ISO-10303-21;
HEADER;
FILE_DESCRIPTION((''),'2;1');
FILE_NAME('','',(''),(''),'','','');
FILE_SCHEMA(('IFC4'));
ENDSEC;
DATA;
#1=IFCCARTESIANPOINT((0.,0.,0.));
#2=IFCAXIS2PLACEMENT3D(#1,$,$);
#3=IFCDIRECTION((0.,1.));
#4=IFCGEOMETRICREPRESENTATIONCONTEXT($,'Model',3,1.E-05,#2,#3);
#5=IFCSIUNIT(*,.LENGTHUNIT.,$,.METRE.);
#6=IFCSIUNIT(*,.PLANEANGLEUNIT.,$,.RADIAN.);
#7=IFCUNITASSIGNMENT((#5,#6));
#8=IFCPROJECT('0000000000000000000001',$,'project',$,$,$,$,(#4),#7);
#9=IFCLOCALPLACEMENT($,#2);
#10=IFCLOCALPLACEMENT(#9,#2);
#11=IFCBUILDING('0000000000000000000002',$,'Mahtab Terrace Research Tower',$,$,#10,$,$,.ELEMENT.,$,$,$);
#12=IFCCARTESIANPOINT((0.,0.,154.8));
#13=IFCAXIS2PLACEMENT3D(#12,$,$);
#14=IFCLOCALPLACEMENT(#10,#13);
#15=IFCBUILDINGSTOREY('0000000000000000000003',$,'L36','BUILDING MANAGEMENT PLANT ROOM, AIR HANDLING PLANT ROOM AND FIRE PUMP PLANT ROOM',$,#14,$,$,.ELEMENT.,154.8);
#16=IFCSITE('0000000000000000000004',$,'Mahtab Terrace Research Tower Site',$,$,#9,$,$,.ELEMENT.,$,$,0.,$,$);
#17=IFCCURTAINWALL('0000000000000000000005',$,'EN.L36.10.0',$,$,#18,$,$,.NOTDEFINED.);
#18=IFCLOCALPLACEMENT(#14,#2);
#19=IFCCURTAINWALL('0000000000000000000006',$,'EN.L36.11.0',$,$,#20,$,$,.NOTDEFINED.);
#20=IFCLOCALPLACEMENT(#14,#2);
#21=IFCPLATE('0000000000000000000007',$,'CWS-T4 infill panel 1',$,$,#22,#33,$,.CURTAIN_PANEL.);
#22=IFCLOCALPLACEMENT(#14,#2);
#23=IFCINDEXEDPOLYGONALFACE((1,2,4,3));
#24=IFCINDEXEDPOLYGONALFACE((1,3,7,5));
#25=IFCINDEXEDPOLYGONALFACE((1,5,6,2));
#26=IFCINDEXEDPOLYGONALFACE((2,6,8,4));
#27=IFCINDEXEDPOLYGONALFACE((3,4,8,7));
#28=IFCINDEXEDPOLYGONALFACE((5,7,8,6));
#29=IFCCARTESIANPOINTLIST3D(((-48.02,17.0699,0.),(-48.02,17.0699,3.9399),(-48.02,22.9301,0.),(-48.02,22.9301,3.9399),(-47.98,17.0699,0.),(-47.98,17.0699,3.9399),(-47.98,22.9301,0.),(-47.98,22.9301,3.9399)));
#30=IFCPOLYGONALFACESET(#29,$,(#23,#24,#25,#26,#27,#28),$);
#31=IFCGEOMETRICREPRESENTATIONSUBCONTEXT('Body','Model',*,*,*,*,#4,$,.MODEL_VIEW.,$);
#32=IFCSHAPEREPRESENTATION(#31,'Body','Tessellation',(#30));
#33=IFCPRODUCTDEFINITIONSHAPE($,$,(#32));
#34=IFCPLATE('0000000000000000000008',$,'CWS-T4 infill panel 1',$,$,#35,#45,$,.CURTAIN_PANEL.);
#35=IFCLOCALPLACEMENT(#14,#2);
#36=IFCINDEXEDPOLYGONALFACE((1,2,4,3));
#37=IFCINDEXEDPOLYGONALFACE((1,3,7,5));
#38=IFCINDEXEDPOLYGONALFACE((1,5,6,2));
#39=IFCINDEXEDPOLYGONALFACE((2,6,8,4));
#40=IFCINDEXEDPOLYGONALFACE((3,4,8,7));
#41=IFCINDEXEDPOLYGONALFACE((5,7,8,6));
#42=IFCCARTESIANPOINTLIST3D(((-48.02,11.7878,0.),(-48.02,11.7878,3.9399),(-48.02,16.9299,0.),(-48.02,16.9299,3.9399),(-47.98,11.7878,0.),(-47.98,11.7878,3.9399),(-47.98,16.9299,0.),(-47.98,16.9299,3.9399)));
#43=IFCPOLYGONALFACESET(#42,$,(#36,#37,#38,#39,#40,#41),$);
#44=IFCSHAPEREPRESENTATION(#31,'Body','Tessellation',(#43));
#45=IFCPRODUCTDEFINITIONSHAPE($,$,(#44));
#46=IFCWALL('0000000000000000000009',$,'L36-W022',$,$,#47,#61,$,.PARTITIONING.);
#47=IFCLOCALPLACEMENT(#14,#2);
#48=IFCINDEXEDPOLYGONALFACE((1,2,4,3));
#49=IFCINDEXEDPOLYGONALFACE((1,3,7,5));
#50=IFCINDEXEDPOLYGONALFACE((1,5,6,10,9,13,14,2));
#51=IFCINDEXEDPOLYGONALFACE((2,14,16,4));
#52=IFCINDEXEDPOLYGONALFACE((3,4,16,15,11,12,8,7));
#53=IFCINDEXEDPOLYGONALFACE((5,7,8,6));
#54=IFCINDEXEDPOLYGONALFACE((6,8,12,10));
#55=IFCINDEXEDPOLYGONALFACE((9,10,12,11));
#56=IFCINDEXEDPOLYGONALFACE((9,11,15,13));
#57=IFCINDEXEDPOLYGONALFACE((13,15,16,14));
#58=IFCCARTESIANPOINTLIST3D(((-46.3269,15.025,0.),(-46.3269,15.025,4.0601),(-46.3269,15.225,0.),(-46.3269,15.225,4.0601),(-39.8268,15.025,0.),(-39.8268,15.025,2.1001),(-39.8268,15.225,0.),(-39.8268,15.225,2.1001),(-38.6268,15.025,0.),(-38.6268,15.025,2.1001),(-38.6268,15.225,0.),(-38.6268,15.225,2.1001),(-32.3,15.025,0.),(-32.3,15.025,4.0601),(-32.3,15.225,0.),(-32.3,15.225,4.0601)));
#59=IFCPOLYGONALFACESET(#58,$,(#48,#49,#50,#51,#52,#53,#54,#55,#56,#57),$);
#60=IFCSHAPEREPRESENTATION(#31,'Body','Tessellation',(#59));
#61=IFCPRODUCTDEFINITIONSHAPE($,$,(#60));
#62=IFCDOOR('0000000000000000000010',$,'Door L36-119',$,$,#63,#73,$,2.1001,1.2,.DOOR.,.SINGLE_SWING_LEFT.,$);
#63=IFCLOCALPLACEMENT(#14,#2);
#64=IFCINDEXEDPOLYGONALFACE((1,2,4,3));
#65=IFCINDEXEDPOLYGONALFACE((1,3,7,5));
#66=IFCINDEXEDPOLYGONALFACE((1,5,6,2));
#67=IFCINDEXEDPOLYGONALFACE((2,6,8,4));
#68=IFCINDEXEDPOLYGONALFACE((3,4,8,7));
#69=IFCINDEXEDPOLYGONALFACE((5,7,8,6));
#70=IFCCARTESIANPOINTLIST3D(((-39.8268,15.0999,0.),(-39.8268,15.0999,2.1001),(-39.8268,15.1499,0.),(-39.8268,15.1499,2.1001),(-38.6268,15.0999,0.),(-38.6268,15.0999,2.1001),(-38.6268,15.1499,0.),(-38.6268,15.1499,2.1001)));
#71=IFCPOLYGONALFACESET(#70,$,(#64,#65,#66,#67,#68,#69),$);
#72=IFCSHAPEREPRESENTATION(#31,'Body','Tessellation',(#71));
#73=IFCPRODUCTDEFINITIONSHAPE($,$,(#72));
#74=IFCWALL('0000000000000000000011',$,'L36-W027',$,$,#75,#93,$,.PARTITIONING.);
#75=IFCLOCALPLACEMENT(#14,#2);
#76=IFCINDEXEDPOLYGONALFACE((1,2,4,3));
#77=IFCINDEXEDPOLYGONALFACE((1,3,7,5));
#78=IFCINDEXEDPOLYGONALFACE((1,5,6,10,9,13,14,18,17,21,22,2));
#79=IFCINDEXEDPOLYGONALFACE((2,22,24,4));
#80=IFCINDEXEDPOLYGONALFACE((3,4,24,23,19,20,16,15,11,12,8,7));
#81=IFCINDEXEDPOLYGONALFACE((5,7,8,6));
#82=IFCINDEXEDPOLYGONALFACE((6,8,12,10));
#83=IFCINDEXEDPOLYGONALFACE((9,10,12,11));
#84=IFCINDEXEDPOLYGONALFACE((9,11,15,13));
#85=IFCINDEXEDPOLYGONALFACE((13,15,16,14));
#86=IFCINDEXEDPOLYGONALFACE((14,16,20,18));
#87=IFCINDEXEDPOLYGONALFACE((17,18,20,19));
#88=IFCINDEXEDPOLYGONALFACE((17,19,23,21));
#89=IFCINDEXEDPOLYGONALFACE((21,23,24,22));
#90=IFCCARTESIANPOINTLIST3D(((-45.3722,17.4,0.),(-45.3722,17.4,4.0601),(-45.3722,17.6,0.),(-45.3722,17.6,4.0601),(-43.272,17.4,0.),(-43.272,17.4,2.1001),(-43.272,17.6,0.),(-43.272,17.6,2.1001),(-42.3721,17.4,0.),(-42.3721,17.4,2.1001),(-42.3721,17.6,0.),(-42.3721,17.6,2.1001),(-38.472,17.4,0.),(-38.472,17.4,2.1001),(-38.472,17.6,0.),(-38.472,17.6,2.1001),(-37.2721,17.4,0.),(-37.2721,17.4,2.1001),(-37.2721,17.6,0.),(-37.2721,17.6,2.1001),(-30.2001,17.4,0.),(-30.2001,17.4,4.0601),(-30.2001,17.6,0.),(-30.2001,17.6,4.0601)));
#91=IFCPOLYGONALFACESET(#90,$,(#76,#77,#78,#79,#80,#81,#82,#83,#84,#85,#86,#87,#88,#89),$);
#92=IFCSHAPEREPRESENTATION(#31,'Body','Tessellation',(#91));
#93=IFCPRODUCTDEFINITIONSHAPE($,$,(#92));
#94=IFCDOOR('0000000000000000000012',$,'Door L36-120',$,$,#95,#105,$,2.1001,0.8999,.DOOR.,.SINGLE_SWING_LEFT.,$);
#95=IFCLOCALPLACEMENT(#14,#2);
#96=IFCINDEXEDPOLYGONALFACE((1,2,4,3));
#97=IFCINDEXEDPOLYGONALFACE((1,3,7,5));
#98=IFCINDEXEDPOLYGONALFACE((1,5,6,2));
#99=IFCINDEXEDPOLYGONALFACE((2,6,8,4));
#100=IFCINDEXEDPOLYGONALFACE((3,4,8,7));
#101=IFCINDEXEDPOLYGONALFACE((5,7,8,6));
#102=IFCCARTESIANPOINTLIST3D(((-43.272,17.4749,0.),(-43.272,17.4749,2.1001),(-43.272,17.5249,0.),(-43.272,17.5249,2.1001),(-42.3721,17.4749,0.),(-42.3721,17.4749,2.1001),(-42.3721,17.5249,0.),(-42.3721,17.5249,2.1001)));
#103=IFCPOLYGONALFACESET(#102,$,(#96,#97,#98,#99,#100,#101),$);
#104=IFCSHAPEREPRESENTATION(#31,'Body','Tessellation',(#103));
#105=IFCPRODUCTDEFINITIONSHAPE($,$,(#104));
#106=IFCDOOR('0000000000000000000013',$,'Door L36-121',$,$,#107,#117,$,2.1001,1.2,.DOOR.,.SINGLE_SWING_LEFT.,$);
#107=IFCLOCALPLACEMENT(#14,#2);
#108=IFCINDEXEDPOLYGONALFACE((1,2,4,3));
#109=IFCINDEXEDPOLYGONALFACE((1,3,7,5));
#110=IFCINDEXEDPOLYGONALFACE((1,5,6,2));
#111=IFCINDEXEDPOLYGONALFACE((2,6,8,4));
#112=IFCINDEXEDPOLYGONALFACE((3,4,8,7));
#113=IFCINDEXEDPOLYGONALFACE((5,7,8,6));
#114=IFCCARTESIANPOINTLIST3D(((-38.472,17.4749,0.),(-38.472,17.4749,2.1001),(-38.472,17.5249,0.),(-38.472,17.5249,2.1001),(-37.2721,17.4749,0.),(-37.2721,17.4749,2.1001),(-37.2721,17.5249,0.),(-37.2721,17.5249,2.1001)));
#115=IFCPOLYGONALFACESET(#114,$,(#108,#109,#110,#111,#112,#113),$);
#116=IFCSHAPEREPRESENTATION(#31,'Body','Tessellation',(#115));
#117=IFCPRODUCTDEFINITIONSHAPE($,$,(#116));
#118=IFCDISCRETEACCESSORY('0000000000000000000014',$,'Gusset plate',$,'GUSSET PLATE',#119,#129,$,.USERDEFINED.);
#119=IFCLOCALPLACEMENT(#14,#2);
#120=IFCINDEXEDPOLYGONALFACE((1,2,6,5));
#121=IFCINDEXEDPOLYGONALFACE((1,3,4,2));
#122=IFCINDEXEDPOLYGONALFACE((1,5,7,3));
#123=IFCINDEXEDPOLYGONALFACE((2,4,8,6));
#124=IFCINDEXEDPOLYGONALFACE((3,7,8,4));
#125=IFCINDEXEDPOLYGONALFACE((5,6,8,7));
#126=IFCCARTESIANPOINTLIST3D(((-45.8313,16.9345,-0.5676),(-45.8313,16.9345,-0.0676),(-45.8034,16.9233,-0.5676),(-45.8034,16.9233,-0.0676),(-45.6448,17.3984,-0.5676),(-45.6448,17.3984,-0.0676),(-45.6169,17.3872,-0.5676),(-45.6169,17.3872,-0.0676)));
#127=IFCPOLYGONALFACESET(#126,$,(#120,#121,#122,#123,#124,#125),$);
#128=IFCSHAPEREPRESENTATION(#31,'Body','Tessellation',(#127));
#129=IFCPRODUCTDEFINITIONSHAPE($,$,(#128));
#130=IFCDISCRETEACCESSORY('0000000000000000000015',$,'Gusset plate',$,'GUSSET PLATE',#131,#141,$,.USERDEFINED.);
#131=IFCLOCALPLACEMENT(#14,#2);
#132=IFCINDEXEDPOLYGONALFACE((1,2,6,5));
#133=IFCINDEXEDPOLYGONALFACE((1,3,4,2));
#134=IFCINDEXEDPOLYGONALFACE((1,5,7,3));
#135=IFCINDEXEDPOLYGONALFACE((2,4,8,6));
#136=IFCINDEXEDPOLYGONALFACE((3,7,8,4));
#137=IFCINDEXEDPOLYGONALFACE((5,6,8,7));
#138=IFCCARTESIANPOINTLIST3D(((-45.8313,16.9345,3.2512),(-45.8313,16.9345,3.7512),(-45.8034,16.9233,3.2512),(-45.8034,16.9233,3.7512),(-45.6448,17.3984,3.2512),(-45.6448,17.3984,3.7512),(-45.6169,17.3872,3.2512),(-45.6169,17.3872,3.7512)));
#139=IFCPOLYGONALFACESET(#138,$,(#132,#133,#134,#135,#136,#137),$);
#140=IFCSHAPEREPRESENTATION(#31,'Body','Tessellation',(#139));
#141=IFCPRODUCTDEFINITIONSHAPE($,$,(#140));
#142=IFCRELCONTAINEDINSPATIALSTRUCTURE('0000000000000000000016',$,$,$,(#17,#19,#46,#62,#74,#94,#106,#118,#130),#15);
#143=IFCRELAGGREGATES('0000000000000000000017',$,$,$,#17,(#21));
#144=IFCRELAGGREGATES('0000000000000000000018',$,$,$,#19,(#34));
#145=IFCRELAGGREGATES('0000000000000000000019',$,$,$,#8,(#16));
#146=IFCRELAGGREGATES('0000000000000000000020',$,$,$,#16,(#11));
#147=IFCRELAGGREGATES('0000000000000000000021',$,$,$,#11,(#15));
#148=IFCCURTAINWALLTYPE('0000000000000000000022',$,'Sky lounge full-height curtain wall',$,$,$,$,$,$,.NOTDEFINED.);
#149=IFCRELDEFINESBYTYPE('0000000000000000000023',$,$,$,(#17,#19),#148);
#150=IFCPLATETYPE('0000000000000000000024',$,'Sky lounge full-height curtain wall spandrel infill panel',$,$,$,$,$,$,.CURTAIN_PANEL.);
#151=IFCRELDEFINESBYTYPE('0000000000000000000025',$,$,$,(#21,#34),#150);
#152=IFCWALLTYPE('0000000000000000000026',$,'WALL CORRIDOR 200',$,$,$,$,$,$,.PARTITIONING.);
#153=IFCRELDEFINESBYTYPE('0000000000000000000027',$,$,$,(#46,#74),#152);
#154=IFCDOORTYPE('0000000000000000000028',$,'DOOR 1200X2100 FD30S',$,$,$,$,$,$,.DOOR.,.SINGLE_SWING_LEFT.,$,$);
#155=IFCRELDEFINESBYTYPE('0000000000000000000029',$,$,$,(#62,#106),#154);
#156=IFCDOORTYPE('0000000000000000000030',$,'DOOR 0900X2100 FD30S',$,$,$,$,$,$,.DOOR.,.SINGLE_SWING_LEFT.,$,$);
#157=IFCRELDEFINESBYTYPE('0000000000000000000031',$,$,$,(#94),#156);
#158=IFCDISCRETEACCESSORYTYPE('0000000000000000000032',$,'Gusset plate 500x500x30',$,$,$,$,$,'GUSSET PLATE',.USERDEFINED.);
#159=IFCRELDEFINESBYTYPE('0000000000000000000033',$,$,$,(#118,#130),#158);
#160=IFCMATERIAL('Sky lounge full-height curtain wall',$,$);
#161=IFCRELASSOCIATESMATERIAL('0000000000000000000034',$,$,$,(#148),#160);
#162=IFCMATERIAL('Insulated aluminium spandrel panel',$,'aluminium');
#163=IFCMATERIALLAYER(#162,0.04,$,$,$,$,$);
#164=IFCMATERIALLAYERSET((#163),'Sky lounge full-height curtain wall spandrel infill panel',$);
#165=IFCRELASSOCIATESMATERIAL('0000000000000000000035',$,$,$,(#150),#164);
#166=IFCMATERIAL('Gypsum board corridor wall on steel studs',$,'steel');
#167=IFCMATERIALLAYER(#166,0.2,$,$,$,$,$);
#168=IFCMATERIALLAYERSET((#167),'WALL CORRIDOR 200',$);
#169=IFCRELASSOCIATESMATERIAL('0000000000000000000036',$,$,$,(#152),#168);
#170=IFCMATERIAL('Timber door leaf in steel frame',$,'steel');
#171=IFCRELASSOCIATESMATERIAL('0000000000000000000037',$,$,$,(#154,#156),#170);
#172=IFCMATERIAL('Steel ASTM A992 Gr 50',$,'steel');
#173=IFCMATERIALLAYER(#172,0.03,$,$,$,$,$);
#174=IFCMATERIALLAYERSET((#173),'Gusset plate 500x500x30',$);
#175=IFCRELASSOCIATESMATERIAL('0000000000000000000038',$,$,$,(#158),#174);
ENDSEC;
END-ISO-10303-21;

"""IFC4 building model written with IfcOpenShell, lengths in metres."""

from ifc_helpers import new_model, si_unit, direction, frame, frame_2d, origin, origin_2d, place, context, subcontext, project, spatial, rectangle, extrude, material, layer, layer_set, type_object, element, fill, aggregate, save


model = new_model("IFC4")

# Units and contexts
model_context = context("Model", 3, precision=1e-05, world=origin(), true_north=direction((0.0, 1.0)))
body_context = subcontext(model_context, "Body", "Model", "MODEL_VIEW")
ifc_project = project(units=[si_unit("LENGTHUNIT", "METRE"), si_unit("PLANEANGLEUNIT", "RADIAN")], contexts=[model_context])

# Site, building, storey
site_placement = place(None, origin())
site = spatial("IfcSite", under=ifc_project, at=site_placement, Name="Mahtab Terrace Research Tower Site", CompositionType="ELEMENT", RefElevation=0.0)
building_placement = place(site_placement, origin())
building = spatial("IfcBuilding", under=site, at=building_placement, Name="Mahtab Terrace Research Tower", CompositionType="ELEMENT")
storey_placement = place(building_placement, frame((0.0, 0.0, 154.8)))
storey = spatial("IfcBuildingStorey", under=building, at=storey_placement, Name="L36", Description="BUILDING MANAGEMENT PLANT ROOM, AIR HANDLING PLANT ROOM AND FIRE PUMP PLANT ROOM", CompositionType="ELEMENT", Elevation=154.8)

# Curtain wall
ifc_material_1 = material(Name="Sky lounge full-height curtain wall")
curtain_wall_type = type_object("IfcCurtainWallType", Name="Sky lounge full-height curtain wall", PredefinedType="NOTDEFINED", material=ifc_material_1)
curtain_wall_1_placement = place(storey_placement, origin())
curtain_wall_1 = element("IfcCurtainWall", 1, at=curtain_wall_1_placement, inside=storey, type_object=curtain_wall_type, Name="EN.L36.10.0", PredefinedType="NOTDEFINED")

# Curtain wall
curtain_wall_2_placement = place(storey_placement, origin())
curtain_wall_2 = element("IfcCurtainWall", 2, at=curtain_wall_2_placement, inside=storey, type_object=curtain_wall_type, Name="EN.L36.11.0", PredefinedType="NOTDEFINED")

# Shared definitions
ifc_material_2 = material(Name="Steel ASTM A992 Gr 50", Category="steel")

# Plates
ifc_material_3 = material(Name="Insulated aluminium spandrel panel", Category="aluminium")
ifc_layer_1 = layer(ifc_material_3, 0.04)
ifc_layer_set_1 = layer_set([ifc_layer_1], Name="Sky lounge full-height curtain wall spandrel infill panel")
plate_type = type_object("IfcPlateType", Name="Sky lounge full-height curtain wall spandrel infill panel", PredefinedType="CURTAIN_PANEL", material=ifc_layer_set_1)
plate_1_placement = place(storey_placement, frame((-48.0, 20.0, 0.0), z_axis=(0.0, 0.0, 1.0), x_axis=(0.0, -1.0, 0.0)))
plate_1 = element("IfcPlate", 3, at=plate_1_placement, type_object=plate_type, Name="CWS-T4 infill panel 1", PredefinedType="CURTAIN_PANEL", context=body_context, shape_type="SweptSolid", body=[
    extrude(rectangle(XDim=5.8601, YDim=0.04, at=origin_2d()), origin(), (0.0, 0.0, 1.0), 3.9399),
])
aggregate(curtain_wall_1, [plate_1])
plate_2_placement = place(storey_placement, frame((-48.0, 14.3589, 0.0), z_axis=(0.0, 0.0, 1.0), x_axis=(0.0, -1.0, 0.0)))
plate_2 = element("IfcPlate", 4, at=plate_2_placement, type_object=plate_type, Name="CWS-T4 infill panel 1", PredefinedType="CURTAIN_PANEL", context=body_context, shape_type="SweptSolid", body=[
    extrude(rectangle(XDim=5.1421, YDim=0.04, at=origin_2d()), origin(), (0.0, 0.0, 1.0), 3.9399),
])
aggregate(curtain_wall_2, [plate_2])

# Wall, opening, door
ifc_material_4 = material(Name="Gypsum board corridor wall on steel studs", Category="steel")
ifc_layer_2 = layer(ifc_material_4, 0.2)
ifc_layer_set_2 = layer_set([ifc_layer_2], Name="WALL CORRIDOR 200")
wall_type = type_object("IfcWallType", Name="WALL CORRIDOR 200", PredefinedType="PARTITIONING", material=ifc_layer_set_2)
wall_1_placement = place(storey_placement, frame((-46.3269, 15.125, 0.0), z_axis=(0.0, 0.0, 1.0), x_axis=(1.0, 0.0, 0.0)))
wall_1 = element("IfcWall", 5, at=wall_1_placement, inside=storey, type_object=wall_type, Name="L36-W022", PredefinedType="PARTITIONING", context=body_context, shape_type="SweptSolid", body=[
    extrude(rectangle(XDim=14.0269, YDim=0.2, at=frame_2d((7.0134, 0.0))), origin(), (0.0, 0.0, 1.0), 4.0601),
])
opening_1_placement = place(wall_1_placement, frame((6.5, 0.0, 0.0)))
opening_1 = element("IfcOpeningElement", 6, at=opening_1_placement, cuts=wall_1, PredefinedType="OPENING", context=body_context, shape_type="SweptSolid", body=[
    extrude(rectangle(XDim=1.2, YDim=2.1001, at=frame_2d((0.6001, 1.05))), frame((0.0, 0.1099, 0.0), z_axis=(0.0, -1.0, 0.0), x_axis=(1.0, 0.0, 0.0)), (0.0, 0.0, 1.0), 0.22),
])
ifc_material_5 = material(Name="Timber door leaf in steel frame", Category="steel")
door_type_1 = type_object("IfcDoorType", Name="DOOR 1200X2100 FD30S", OperationType="SINGLE_SWING_LEFT", PredefinedType="DOOR", material=ifc_material_5)
door_1_placement = place(opening_1_placement, origin())
door_1 = element("IfcDoor", 7, at=door_1_placement, inside=storey, type_object=door_type_1, Name="Door L36-119", OperationType="SINGLE_SWING_LEFT", OverallHeight=2.1001, OverallWidth=1.2, PredefinedType="DOOR", context=body_context, shape_type="SweptSolid", body=[
    extrude(rectangle(XDim=1.2, YDim=2.1001, at=frame_2d((0.6001, 1.05))), frame((0.0, 0.0249, 0.0), z_axis=(0.0, -1.0, 0.0), x_axis=(1.0, 0.0, 0.0)), (0.0, 0.0, 1.0), 0.05),
])
fill(opening_1, door_1)

# Wall, openings, doors
wall_2_placement = place(storey_placement, frame((-45.3721, 17.5, 0.0), z_axis=(0.0, 0.0, 1.0), x_axis=(1.0, 0.0, 0.0)))
wall_2 = element("IfcWall", 8, at=wall_2_placement, inside=storey, type_object=wall_type, Name="L36-W027", PredefinedType="PARTITIONING", context=body_context, shape_type="SweptSolid", body=[
    extrude(rectangle(XDim=15.1721, YDim=0.2, at=frame_2d((7.5859, 0.0))), origin(), (0.0, 0.0, 1.0), 4.0601),
])
opening_2_placement = place(wall_2_placement, frame((2.1001, 0.0, 0.0)))
opening_2 = element("IfcOpeningElement", 9, at=opening_2_placement, cuts=wall_2, PredefinedType="OPENING", context=body_context, shape_type="SweptSolid", body=[
    extrude(rectangle(XDim=0.8999, YDim=2.1001, at=frame_2d((0.45, 1.05))), frame((0.0, 0.1099, 0.0), z_axis=(0.0, -1.0, 0.0), x_axis=(1.0, 0.0, 0.0)), (0.0, 0.0, 1.0), 0.22),
])
opening_3_placement = place(wall_2_placement, frame((6.8999, 0.0, 0.0)))
opening_3 = element("IfcOpeningElement", 10, at=opening_3_placement, cuts=wall_2, PredefinedType="OPENING", context=body_context, shape_type="SweptSolid", body=[
    extrude(rectangle(XDim=1.2, YDim=2.1001, at=frame_2d((0.6001, 1.05))), frame((0.0, 0.1099, 0.0), z_axis=(0.0, -1.0, 0.0), x_axis=(1.0, 0.0, 0.0)), (0.0, 0.0, 1.0), 0.22),
])
door_type_2 = type_object("IfcDoorType", Name="DOOR 0900X2100 FD30S", OperationType="SINGLE_SWING_LEFT", PredefinedType="DOOR", material=ifc_material_5)
door_2_placement = place(opening_2_placement, origin())
door_2 = element("IfcDoor", 11, at=door_2_placement, inside=storey, type_object=door_type_2, Name="Door L36-120", OperationType="SINGLE_SWING_LEFT", OverallHeight=2.1001, OverallWidth=0.8999, PredefinedType="DOOR", context=body_context, shape_type="SweptSolid", body=[
    extrude(rectangle(XDim=0.8999, YDim=2.1001, at=frame_2d((0.45, 1.05))), frame((0.0, 0.0249, 0.0), z_axis=(0.0, -1.0, 0.0), x_axis=(1.0, 0.0, 0.0)), (0.0, 0.0, 1.0), 0.05),
])
fill(opening_2, door_2)
door_3_placement = place(opening_3_placement, origin())
door_3 = element("IfcDoor", 12, at=door_3_placement, inside=storey, type_object=door_type_1, Name="Door L36-121", OperationType="SINGLE_SWING_LEFT", OverallHeight=2.1001, OverallWidth=1.2, PredefinedType="DOOR", context=body_context, shape_type="SweptSolid", body=[
    extrude(rectangle(XDim=1.2, YDim=2.1001, at=frame_2d((0.6001, 1.05))), frame((0.0, 0.0249, 0.0), z_axis=(0.0, -1.0, 0.0), x_axis=(1.0, 0.0, 0.0)), (0.0, 0.0, 1.0), 0.05),
])
fill(opening_3, door_3)

# Discrete accessories
ifc_layer_3 = layer(ifc_material_2, 0.03)
ifc_layer_set_3 = layer_set([ifc_layer_3], Name="Gusset plate 500x500x30")
discrete_accessory_type = type_object("IfcDiscreteAccessoryType", Name="Gusset plate 500x500x30", ElementType="GUSSET PLATE", PredefinedType="USERDEFINED", material=ifc_layer_set_3)
for number, where, z_axis, x_axis, name in (
    (13, (-45.7241, 17.1609, -0.5676), (0.0, 0.0, 1.0), (0.373036, 0.927817, 0.0), "Gusset plate"),
    (14, (-45.7241, 17.1609, 3.2512), (0.0, 0.0, 1.0), (0.373036, 0.927817, 0.0), "Gusset plate"),
):
    element("IfcDiscreteAccessory", number, at=place(storey_placement, frame(where, z_axis=z_axis, x_axis=x_axis)), inside=storey, type_object=discrete_accessory_type, Name=name, ObjectType="GUSSET PLATE", PredefinedType="USERDEFINED", context=body_context, shape_type="SweptSolid", body=[
        extrude(rectangle(XDim=0.5, YDim=0.03, at=origin_2d()), origin(), (0.0, 0.0, 1.0), 0.5),
    ])

save(model, "model.ifc")
